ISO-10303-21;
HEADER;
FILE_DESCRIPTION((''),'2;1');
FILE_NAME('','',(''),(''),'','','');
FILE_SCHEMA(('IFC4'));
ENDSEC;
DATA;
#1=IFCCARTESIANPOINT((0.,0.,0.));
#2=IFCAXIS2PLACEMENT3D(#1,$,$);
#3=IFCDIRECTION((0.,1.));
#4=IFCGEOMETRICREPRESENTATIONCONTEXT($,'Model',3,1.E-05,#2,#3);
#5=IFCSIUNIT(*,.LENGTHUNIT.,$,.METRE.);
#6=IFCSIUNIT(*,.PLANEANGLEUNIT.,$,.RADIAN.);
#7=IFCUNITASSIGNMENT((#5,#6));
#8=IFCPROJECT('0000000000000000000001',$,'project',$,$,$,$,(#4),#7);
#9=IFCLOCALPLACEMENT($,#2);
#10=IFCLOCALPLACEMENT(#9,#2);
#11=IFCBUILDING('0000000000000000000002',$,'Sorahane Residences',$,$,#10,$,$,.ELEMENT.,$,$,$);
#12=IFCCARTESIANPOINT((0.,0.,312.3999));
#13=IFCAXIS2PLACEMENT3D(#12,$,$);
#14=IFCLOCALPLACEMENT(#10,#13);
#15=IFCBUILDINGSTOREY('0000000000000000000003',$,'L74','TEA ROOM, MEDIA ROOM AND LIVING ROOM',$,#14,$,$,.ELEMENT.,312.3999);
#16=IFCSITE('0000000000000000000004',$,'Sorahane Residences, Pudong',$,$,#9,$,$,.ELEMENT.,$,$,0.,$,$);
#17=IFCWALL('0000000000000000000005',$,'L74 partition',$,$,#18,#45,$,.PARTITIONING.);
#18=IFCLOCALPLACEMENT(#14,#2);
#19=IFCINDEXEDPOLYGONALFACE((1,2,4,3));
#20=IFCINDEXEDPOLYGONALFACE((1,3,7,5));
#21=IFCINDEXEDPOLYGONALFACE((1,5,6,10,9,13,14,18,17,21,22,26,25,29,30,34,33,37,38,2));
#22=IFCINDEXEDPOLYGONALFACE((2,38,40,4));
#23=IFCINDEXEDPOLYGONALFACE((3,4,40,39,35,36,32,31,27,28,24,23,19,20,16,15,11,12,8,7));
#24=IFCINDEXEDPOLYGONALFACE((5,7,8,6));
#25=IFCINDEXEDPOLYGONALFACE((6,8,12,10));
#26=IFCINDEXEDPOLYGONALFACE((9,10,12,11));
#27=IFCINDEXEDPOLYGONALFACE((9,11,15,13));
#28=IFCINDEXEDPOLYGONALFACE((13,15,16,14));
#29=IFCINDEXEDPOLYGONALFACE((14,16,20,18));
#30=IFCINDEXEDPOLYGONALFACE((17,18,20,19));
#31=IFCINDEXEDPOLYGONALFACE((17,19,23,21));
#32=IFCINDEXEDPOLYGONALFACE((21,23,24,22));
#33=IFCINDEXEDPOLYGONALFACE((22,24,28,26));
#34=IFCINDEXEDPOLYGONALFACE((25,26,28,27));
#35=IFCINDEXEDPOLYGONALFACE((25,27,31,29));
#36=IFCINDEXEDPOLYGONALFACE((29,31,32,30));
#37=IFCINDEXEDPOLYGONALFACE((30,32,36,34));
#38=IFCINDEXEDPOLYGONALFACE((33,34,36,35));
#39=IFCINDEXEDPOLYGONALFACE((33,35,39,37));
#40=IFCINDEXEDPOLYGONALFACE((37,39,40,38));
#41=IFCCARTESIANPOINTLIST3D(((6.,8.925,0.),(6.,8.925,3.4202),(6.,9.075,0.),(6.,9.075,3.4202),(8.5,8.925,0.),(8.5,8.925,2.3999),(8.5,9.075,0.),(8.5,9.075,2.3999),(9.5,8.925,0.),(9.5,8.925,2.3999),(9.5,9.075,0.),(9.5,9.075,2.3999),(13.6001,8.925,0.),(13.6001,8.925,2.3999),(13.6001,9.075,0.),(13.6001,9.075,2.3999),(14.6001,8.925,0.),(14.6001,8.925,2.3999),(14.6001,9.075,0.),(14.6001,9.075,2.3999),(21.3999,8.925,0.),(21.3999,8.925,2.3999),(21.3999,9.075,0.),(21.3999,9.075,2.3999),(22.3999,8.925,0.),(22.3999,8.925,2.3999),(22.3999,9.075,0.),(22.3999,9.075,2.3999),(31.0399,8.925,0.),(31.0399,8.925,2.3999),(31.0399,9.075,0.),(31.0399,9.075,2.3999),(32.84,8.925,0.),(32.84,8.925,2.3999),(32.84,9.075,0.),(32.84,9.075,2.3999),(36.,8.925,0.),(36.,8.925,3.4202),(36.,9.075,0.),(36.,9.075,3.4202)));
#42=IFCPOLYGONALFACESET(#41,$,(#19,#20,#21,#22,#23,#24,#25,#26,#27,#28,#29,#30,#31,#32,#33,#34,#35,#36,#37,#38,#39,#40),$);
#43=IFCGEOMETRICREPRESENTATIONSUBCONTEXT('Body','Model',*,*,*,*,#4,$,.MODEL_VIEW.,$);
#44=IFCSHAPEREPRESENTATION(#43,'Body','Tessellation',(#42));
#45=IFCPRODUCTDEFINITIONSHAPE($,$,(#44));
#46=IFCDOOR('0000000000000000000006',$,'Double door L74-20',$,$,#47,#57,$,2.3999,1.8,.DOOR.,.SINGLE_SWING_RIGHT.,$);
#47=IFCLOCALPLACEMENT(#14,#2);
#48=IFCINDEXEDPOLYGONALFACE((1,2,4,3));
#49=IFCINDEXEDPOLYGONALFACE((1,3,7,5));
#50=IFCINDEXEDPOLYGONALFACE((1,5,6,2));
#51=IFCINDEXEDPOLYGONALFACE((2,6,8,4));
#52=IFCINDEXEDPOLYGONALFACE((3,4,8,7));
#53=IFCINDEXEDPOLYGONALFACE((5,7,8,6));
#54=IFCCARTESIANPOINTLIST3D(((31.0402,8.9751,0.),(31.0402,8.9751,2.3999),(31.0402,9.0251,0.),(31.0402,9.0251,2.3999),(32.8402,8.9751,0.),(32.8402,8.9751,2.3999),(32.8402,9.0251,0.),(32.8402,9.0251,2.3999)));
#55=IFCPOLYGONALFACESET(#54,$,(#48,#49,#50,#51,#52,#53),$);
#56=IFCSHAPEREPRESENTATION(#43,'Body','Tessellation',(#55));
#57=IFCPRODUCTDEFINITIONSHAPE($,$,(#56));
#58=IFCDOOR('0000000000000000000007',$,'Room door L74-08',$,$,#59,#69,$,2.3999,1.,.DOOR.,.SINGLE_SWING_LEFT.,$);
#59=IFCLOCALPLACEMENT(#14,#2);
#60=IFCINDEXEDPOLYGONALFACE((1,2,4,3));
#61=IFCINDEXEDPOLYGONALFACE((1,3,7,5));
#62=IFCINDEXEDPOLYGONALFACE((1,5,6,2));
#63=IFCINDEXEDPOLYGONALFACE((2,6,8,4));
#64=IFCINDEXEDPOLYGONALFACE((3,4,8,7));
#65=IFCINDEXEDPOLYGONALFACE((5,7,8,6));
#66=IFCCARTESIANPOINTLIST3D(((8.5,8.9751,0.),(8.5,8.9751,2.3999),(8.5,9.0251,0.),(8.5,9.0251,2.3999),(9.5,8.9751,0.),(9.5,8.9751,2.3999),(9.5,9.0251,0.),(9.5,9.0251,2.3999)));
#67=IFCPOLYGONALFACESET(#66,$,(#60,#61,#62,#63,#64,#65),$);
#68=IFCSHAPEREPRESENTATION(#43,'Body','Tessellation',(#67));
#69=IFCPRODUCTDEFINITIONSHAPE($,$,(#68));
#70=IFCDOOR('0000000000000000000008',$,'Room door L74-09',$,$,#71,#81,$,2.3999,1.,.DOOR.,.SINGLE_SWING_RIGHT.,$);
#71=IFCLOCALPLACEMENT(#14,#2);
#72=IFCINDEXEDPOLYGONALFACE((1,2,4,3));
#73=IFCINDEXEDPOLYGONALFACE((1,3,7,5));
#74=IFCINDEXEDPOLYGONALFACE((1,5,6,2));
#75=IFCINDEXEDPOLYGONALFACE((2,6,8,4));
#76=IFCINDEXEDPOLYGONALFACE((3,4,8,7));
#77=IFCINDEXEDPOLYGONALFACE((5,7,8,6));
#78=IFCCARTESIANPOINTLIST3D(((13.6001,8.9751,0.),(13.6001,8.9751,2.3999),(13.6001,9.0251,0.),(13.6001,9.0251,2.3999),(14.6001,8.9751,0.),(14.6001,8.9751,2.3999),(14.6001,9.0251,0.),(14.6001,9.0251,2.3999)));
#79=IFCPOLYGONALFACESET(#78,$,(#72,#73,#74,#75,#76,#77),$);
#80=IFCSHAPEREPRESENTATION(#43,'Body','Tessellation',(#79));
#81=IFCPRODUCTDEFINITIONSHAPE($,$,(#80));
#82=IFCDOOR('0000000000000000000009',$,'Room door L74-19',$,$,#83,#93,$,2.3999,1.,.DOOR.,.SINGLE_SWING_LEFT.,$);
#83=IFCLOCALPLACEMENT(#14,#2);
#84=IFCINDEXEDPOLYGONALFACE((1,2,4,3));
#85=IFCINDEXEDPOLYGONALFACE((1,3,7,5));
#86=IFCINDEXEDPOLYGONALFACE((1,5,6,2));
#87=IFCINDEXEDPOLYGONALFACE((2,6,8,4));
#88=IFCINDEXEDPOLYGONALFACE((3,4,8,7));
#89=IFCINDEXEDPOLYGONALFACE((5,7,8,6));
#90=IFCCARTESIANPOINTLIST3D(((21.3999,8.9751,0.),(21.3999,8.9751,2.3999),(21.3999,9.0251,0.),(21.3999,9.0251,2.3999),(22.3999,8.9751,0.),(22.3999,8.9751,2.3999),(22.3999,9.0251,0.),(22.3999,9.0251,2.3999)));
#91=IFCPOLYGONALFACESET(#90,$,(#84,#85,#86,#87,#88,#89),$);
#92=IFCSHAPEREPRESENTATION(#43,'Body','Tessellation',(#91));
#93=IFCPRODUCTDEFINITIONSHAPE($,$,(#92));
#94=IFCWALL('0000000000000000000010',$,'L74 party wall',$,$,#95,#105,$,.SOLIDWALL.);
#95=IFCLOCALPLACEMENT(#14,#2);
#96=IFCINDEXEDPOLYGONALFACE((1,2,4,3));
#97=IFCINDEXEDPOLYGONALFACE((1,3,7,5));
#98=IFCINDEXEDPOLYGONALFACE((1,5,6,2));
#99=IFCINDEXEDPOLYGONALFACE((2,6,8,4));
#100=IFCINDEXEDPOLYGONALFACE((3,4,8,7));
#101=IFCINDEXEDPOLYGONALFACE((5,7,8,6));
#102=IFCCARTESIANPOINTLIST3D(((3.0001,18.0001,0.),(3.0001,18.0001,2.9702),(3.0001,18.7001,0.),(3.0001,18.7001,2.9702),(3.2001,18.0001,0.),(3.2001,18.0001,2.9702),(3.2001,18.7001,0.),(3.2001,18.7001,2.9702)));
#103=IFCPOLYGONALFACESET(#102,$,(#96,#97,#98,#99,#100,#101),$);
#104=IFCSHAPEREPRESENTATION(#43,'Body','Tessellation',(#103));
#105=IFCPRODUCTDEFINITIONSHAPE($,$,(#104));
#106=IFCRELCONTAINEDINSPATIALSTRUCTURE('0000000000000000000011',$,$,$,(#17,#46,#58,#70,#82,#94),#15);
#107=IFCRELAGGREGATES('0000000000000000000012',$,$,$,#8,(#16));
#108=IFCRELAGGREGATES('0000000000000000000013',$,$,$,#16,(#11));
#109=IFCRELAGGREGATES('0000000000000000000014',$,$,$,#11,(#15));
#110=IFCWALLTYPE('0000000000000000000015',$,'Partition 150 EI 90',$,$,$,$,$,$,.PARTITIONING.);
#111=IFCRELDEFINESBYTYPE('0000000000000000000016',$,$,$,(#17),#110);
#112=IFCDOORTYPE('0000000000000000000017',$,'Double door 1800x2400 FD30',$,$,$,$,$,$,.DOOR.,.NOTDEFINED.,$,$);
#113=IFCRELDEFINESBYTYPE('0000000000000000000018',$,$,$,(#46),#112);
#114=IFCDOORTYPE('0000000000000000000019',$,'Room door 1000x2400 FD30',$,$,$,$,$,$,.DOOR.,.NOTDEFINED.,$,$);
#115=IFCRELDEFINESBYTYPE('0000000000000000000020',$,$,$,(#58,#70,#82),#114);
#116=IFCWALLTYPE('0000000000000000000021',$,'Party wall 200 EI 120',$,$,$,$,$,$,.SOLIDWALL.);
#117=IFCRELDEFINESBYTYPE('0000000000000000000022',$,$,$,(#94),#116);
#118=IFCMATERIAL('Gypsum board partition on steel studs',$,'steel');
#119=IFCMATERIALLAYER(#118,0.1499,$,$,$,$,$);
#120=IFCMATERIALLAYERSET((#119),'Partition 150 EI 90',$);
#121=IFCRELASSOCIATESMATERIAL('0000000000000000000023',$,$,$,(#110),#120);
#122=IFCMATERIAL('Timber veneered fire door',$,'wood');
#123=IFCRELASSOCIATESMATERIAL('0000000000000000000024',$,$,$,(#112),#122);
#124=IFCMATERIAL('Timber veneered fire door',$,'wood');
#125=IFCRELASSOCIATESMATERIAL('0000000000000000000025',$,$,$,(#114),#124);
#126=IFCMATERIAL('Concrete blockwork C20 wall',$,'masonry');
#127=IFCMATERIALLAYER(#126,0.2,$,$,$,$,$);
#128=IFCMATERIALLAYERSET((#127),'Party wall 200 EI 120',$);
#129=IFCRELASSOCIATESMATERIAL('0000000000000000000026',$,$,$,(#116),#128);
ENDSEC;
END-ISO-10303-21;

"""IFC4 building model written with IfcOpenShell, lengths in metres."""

from ifc_helpers import new_model, si_unit, direction, frame, frame_2d, origin, place, context, subcontext, project, spatial, rectangle, extrude, material, layer, layer_set, type_object, element, fill, save


model = new_model("IFC4")

# Units and contexts
model_context = context("Model", 3, precision=1e-05, world=origin(), true_north=direction((0.0, 1.0)))
body_context = subcontext(model_context, "Body", "Model", "MODEL_VIEW")
ifc_project = project(units=[si_unit("LENGTHUNIT", "METRE"), si_unit("PLANEANGLEUNIT", "RADIAN")], contexts=[model_context])

# Site, building, storey
site_placement = place(None, origin())
site = spatial("IfcSite", under=ifc_project, at=site_placement, Name="Sorahane Residences, Pudong", CompositionType="ELEMENT", RefElevation=0.0)
building_placement = place(site_placement, origin())
building = spatial("IfcBuilding", under=site, at=building_placement, Name="Sorahane Residences", CompositionType="ELEMENT")
storey_placement = place(building_placement, frame((0.0, 0.0, 312.3999)))
storey = spatial("IfcBuildingStorey", under=building, at=storey_placement, Name="L74", Description="TEA ROOM, MEDIA ROOM AND LIVING ROOM", CompositionType="ELEMENT", Elevation=312.3999)

# Shared definitions
ifc_material_1 = material(Name="Gypsum board partition on steel studs", Category="steel")
ifc_layer_1 = layer(ifc_material_1, 0.1499)
ifc_layer_set_1 = layer_set([ifc_layer_1], Name="Partition 150 EI 90")
wall_type_1 = type_object("IfcWallType", Name="Partition 150 EI 90", PredefinedType="PARTITIONING", material=ifc_layer_set_1)

# Wall, openings, doors
wall_1_placement = place(storey_placement, frame((6.0, 9.0, 0.0), z_axis=(0.0, 0.0, 1.0), x_axis=(1.0, 0.0, 0.0)))
wall_1 = element("IfcWall", 1, at=wall_1_placement, inside=storey, type_object=wall_type_1, Name="L74 partition", PredefinedType="PARTITIONING", context=body_context, shape_type="SweptSolid", body=[
    extrude(rectangle(XDim=30.0, YDim=0.1499, at=frame_2d((15.0, 0.0))), origin(), (0.0, 0.0, 1.0), 3.4202),
])
opening_1_placement = place(wall_1_placement, frame((2.5, 0.0, 0.0)))
opening_1 = element("IfcOpeningElement", 2, at=opening_1_placement, cuts=wall_1, PredefinedType="OPENING", context=body_context, shape_type="SweptSolid", body=[
    extrude(rectangle(XDim=1.0, YDim=2.3999, at=frame_2d((0.5, 1.2))), frame((0.0, 0.085, 0.0), z_axis=(0.0, -1.0, 0.0), x_axis=(1.0, 0.0, 0.0)), (0.0, 0.0, 1.0), 0.1699),
])
opening_2_placement = place(wall_1_placement, frame((7.6001, 0.0, 0.0)))
opening_2 = element("IfcOpeningElement", 3, at=opening_2_placement, cuts=wall_1, PredefinedType="OPENING", context=body_context, shape_type="SweptSolid", body=[
    extrude(rectangle(XDim=1.0, YDim=2.3999, at=frame_2d((0.5, 1.2))), frame((0.0, 0.085, 0.0), z_axis=(0.0, -1.0, 0.0), x_axis=(1.0, 0.0, 0.0)), (0.0, 0.0, 1.0), 0.1699),
])
opening_3_placement = place(wall_1_placement, frame((15.3999, 0.0, 0.0)))
opening_3 = element("IfcOpeningElement", 4, at=opening_3_placement, cuts=wall_1, PredefinedType="OPENING", context=body_context, shape_type="SweptSolid", body=[
    extrude(rectangle(XDim=1.0, YDim=2.3999, at=frame_2d((0.5, 1.2))), frame((0.0, 0.085, 0.0), z_axis=(0.0, -1.0, 0.0), x_axis=(1.0, 0.0, 0.0)), (0.0, 0.0, 1.0), 0.1699),
])
opening_4_placement = place(wall_1_placement, frame((25.04, 0.0, 0.0)))
opening_4 = element("IfcOpeningElement", 5, at=opening_4_placement, cuts=wall_1, PredefinedType="OPENING", context=body_context, shape_type="SweptSolid", body=[
    extrude(rectangle(XDim=1.8, YDim=2.3999, at=frame_2d((0.8999, 1.2))), frame((0.0, 0.085, 0.0), z_axis=(0.0, -1.0, 0.0), x_axis=(1.0, 0.0, 0.0)), (0.0, 0.0, 1.0), 0.1699),
])
ifc_material_2 = material(Name="Timber veneered fire door", Category="wood")
door_type_1 = type_object("IfcDoorType", Name="Double door 1800x2400 FD30", OperationType="NOTDEFINED", PredefinedType="DOOR", material=ifc_material_2)
door_1_placement = place(opening_4_placement, frame((1.8, 0.0, 0.0), z_axis=(0.0, 0.0, 1.0), x_axis=(-1.0, 0.0, 0.0)))
door_1 = element("IfcDoor", 6, at=door_1_placement, inside=storey, type_object=door_type_1, Name="Double door L74-20", OperationType="SINGLE_SWING_RIGHT", OverallHeight=2.3999, OverallWidth=1.8, PredefinedType="DOOR", context=body_context, shape_type="SweptSolid", body=[
    extrude(rectangle(XDim=1.8, YDim=2.3999, at=frame_2d((0.8999, 1.2))), frame((0.0, 0.0249, 0.0), z_axis=(0.0, -1.0, 0.0), x_axis=(1.0, 0.0, 0.0)), (0.0, 0.0, 1.0), 0.05),
])
fill(opening_4, door_1)
ifc_material_3 = material(Name="Timber veneered fire door", Category="wood")
door_type_2 = type_object("IfcDoorType", Name="Room door 1000x2400 FD30", OperationType="NOTDEFINED", PredefinedType="DOOR", material=ifc_material_3)
door_2_placement = place(opening_1_placement, frame((1.0, 0.0, 0.0), z_axis=(0.0, 0.0, 1.0), x_axis=(-1.0, 0.0, 0.0)))
door_2 = element("IfcDoor", 7, at=door_2_placement, inside=storey, type_object=door_type_2, Name="Room door L74-08", OperationType="SINGLE_SWING_LEFT", OverallHeight=2.3999, OverallWidth=1.0, PredefinedType="DOOR", context=body_context, shape_type="SweptSolid", body=[
    extrude(rectangle(XDim=1.0, YDim=2.3999, at=frame_2d((0.5, 1.2))), frame((0.0, 0.0249, 0.0), z_axis=(0.0, -1.0, 0.0), x_axis=(1.0, 0.0, 0.0)), (0.0, 0.0, 1.0), 0.05),
])
fill(opening_1, door_2)
door_3_placement = place(opening_2_placement, frame((1.0, 0.0, 0.0), z_axis=(0.0, 0.0, 1.0), x_axis=(-1.0, 0.0, 0.0)))
door_3 = element("IfcDoor", 8, at=door_3_placement, inside=storey, type_object=door_type_2, Name="Room door L74-09", OperationType="SINGLE_SWING_RIGHT", OverallHeight=2.3999, OverallWidth=1.0, PredefinedType="DOOR", context=body_context, shape_type="SweptSolid", body=[
    extrude(rectangle(XDim=1.0, YDim=2.3999, at=frame_2d((0.5, 1.2))), frame((0.0, 0.0249, 0.0), z_axis=(0.0, -1.0, 0.0), x_axis=(1.0, 0.0, 0.0)), (0.0, 0.0, 1.0), 0.05),
])
fill(opening_2, door_3)
door_4_placement = place(opening_3_placement, frame((1.0, 0.0, 0.0), z_axis=(0.0, 0.0, 1.0), x_axis=(-1.0, 0.0, 0.0)))
door_4 = element("IfcDoor", 9, at=door_4_placement, inside=storey, type_object=door_type_2, Name="Room door L74-19", OperationType="SINGLE_SWING_LEFT", OverallHeight=2.3999, OverallWidth=1.0, PredefinedType="DOOR", context=body_context, shape_type="SweptSolid", body=[
    extrude(rectangle(XDim=1.0, YDim=2.3999, at=frame_2d((0.5, 1.2))), frame((0.0, 0.0249, 0.0), z_axis=(0.0, -1.0, 0.0), x_axis=(1.0, 0.0, 0.0)), (0.0, 0.0, 1.0), 0.05),
])
fill(opening_3, door_4)

# Wall
ifc_material_4 = material(Name="Concrete blockwork C20 wall", Category="masonry")
ifc_layer_2 = layer(ifc_material_4, 0.2)
ifc_layer_set_2 = layer_set([ifc_layer_2], Name="Party wall 200 EI 120")
wall_type_2 = type_object("IfcWallType", Name="Party wall 200 EI 120", PredefinedType="SOLIDWALL", material=ifc_layer_set_2)
wall_2_placement = place(storey_placement, frame((3.1001, 18.0, 0.0), z_axis=(0.0, 0.0, 1.0), x_axis=(0.0, 1.0, 0.0)))
element("IfcWall", 10, at=wall_2_placement, inside=storey, type_object=wall_type_2, Name="L74 party wall", PredefinedType="SOLIDWALL", context=body_context, shape_type="SweptSolid", body=[
    extrude(rectangle(XDim=0.7, YDim=0.2, at=frame_2d((0.3501, 0.0))), origin(), (0.0, 0.0, 1.0), 2.9702),
])

save(model, "model.ifc")
